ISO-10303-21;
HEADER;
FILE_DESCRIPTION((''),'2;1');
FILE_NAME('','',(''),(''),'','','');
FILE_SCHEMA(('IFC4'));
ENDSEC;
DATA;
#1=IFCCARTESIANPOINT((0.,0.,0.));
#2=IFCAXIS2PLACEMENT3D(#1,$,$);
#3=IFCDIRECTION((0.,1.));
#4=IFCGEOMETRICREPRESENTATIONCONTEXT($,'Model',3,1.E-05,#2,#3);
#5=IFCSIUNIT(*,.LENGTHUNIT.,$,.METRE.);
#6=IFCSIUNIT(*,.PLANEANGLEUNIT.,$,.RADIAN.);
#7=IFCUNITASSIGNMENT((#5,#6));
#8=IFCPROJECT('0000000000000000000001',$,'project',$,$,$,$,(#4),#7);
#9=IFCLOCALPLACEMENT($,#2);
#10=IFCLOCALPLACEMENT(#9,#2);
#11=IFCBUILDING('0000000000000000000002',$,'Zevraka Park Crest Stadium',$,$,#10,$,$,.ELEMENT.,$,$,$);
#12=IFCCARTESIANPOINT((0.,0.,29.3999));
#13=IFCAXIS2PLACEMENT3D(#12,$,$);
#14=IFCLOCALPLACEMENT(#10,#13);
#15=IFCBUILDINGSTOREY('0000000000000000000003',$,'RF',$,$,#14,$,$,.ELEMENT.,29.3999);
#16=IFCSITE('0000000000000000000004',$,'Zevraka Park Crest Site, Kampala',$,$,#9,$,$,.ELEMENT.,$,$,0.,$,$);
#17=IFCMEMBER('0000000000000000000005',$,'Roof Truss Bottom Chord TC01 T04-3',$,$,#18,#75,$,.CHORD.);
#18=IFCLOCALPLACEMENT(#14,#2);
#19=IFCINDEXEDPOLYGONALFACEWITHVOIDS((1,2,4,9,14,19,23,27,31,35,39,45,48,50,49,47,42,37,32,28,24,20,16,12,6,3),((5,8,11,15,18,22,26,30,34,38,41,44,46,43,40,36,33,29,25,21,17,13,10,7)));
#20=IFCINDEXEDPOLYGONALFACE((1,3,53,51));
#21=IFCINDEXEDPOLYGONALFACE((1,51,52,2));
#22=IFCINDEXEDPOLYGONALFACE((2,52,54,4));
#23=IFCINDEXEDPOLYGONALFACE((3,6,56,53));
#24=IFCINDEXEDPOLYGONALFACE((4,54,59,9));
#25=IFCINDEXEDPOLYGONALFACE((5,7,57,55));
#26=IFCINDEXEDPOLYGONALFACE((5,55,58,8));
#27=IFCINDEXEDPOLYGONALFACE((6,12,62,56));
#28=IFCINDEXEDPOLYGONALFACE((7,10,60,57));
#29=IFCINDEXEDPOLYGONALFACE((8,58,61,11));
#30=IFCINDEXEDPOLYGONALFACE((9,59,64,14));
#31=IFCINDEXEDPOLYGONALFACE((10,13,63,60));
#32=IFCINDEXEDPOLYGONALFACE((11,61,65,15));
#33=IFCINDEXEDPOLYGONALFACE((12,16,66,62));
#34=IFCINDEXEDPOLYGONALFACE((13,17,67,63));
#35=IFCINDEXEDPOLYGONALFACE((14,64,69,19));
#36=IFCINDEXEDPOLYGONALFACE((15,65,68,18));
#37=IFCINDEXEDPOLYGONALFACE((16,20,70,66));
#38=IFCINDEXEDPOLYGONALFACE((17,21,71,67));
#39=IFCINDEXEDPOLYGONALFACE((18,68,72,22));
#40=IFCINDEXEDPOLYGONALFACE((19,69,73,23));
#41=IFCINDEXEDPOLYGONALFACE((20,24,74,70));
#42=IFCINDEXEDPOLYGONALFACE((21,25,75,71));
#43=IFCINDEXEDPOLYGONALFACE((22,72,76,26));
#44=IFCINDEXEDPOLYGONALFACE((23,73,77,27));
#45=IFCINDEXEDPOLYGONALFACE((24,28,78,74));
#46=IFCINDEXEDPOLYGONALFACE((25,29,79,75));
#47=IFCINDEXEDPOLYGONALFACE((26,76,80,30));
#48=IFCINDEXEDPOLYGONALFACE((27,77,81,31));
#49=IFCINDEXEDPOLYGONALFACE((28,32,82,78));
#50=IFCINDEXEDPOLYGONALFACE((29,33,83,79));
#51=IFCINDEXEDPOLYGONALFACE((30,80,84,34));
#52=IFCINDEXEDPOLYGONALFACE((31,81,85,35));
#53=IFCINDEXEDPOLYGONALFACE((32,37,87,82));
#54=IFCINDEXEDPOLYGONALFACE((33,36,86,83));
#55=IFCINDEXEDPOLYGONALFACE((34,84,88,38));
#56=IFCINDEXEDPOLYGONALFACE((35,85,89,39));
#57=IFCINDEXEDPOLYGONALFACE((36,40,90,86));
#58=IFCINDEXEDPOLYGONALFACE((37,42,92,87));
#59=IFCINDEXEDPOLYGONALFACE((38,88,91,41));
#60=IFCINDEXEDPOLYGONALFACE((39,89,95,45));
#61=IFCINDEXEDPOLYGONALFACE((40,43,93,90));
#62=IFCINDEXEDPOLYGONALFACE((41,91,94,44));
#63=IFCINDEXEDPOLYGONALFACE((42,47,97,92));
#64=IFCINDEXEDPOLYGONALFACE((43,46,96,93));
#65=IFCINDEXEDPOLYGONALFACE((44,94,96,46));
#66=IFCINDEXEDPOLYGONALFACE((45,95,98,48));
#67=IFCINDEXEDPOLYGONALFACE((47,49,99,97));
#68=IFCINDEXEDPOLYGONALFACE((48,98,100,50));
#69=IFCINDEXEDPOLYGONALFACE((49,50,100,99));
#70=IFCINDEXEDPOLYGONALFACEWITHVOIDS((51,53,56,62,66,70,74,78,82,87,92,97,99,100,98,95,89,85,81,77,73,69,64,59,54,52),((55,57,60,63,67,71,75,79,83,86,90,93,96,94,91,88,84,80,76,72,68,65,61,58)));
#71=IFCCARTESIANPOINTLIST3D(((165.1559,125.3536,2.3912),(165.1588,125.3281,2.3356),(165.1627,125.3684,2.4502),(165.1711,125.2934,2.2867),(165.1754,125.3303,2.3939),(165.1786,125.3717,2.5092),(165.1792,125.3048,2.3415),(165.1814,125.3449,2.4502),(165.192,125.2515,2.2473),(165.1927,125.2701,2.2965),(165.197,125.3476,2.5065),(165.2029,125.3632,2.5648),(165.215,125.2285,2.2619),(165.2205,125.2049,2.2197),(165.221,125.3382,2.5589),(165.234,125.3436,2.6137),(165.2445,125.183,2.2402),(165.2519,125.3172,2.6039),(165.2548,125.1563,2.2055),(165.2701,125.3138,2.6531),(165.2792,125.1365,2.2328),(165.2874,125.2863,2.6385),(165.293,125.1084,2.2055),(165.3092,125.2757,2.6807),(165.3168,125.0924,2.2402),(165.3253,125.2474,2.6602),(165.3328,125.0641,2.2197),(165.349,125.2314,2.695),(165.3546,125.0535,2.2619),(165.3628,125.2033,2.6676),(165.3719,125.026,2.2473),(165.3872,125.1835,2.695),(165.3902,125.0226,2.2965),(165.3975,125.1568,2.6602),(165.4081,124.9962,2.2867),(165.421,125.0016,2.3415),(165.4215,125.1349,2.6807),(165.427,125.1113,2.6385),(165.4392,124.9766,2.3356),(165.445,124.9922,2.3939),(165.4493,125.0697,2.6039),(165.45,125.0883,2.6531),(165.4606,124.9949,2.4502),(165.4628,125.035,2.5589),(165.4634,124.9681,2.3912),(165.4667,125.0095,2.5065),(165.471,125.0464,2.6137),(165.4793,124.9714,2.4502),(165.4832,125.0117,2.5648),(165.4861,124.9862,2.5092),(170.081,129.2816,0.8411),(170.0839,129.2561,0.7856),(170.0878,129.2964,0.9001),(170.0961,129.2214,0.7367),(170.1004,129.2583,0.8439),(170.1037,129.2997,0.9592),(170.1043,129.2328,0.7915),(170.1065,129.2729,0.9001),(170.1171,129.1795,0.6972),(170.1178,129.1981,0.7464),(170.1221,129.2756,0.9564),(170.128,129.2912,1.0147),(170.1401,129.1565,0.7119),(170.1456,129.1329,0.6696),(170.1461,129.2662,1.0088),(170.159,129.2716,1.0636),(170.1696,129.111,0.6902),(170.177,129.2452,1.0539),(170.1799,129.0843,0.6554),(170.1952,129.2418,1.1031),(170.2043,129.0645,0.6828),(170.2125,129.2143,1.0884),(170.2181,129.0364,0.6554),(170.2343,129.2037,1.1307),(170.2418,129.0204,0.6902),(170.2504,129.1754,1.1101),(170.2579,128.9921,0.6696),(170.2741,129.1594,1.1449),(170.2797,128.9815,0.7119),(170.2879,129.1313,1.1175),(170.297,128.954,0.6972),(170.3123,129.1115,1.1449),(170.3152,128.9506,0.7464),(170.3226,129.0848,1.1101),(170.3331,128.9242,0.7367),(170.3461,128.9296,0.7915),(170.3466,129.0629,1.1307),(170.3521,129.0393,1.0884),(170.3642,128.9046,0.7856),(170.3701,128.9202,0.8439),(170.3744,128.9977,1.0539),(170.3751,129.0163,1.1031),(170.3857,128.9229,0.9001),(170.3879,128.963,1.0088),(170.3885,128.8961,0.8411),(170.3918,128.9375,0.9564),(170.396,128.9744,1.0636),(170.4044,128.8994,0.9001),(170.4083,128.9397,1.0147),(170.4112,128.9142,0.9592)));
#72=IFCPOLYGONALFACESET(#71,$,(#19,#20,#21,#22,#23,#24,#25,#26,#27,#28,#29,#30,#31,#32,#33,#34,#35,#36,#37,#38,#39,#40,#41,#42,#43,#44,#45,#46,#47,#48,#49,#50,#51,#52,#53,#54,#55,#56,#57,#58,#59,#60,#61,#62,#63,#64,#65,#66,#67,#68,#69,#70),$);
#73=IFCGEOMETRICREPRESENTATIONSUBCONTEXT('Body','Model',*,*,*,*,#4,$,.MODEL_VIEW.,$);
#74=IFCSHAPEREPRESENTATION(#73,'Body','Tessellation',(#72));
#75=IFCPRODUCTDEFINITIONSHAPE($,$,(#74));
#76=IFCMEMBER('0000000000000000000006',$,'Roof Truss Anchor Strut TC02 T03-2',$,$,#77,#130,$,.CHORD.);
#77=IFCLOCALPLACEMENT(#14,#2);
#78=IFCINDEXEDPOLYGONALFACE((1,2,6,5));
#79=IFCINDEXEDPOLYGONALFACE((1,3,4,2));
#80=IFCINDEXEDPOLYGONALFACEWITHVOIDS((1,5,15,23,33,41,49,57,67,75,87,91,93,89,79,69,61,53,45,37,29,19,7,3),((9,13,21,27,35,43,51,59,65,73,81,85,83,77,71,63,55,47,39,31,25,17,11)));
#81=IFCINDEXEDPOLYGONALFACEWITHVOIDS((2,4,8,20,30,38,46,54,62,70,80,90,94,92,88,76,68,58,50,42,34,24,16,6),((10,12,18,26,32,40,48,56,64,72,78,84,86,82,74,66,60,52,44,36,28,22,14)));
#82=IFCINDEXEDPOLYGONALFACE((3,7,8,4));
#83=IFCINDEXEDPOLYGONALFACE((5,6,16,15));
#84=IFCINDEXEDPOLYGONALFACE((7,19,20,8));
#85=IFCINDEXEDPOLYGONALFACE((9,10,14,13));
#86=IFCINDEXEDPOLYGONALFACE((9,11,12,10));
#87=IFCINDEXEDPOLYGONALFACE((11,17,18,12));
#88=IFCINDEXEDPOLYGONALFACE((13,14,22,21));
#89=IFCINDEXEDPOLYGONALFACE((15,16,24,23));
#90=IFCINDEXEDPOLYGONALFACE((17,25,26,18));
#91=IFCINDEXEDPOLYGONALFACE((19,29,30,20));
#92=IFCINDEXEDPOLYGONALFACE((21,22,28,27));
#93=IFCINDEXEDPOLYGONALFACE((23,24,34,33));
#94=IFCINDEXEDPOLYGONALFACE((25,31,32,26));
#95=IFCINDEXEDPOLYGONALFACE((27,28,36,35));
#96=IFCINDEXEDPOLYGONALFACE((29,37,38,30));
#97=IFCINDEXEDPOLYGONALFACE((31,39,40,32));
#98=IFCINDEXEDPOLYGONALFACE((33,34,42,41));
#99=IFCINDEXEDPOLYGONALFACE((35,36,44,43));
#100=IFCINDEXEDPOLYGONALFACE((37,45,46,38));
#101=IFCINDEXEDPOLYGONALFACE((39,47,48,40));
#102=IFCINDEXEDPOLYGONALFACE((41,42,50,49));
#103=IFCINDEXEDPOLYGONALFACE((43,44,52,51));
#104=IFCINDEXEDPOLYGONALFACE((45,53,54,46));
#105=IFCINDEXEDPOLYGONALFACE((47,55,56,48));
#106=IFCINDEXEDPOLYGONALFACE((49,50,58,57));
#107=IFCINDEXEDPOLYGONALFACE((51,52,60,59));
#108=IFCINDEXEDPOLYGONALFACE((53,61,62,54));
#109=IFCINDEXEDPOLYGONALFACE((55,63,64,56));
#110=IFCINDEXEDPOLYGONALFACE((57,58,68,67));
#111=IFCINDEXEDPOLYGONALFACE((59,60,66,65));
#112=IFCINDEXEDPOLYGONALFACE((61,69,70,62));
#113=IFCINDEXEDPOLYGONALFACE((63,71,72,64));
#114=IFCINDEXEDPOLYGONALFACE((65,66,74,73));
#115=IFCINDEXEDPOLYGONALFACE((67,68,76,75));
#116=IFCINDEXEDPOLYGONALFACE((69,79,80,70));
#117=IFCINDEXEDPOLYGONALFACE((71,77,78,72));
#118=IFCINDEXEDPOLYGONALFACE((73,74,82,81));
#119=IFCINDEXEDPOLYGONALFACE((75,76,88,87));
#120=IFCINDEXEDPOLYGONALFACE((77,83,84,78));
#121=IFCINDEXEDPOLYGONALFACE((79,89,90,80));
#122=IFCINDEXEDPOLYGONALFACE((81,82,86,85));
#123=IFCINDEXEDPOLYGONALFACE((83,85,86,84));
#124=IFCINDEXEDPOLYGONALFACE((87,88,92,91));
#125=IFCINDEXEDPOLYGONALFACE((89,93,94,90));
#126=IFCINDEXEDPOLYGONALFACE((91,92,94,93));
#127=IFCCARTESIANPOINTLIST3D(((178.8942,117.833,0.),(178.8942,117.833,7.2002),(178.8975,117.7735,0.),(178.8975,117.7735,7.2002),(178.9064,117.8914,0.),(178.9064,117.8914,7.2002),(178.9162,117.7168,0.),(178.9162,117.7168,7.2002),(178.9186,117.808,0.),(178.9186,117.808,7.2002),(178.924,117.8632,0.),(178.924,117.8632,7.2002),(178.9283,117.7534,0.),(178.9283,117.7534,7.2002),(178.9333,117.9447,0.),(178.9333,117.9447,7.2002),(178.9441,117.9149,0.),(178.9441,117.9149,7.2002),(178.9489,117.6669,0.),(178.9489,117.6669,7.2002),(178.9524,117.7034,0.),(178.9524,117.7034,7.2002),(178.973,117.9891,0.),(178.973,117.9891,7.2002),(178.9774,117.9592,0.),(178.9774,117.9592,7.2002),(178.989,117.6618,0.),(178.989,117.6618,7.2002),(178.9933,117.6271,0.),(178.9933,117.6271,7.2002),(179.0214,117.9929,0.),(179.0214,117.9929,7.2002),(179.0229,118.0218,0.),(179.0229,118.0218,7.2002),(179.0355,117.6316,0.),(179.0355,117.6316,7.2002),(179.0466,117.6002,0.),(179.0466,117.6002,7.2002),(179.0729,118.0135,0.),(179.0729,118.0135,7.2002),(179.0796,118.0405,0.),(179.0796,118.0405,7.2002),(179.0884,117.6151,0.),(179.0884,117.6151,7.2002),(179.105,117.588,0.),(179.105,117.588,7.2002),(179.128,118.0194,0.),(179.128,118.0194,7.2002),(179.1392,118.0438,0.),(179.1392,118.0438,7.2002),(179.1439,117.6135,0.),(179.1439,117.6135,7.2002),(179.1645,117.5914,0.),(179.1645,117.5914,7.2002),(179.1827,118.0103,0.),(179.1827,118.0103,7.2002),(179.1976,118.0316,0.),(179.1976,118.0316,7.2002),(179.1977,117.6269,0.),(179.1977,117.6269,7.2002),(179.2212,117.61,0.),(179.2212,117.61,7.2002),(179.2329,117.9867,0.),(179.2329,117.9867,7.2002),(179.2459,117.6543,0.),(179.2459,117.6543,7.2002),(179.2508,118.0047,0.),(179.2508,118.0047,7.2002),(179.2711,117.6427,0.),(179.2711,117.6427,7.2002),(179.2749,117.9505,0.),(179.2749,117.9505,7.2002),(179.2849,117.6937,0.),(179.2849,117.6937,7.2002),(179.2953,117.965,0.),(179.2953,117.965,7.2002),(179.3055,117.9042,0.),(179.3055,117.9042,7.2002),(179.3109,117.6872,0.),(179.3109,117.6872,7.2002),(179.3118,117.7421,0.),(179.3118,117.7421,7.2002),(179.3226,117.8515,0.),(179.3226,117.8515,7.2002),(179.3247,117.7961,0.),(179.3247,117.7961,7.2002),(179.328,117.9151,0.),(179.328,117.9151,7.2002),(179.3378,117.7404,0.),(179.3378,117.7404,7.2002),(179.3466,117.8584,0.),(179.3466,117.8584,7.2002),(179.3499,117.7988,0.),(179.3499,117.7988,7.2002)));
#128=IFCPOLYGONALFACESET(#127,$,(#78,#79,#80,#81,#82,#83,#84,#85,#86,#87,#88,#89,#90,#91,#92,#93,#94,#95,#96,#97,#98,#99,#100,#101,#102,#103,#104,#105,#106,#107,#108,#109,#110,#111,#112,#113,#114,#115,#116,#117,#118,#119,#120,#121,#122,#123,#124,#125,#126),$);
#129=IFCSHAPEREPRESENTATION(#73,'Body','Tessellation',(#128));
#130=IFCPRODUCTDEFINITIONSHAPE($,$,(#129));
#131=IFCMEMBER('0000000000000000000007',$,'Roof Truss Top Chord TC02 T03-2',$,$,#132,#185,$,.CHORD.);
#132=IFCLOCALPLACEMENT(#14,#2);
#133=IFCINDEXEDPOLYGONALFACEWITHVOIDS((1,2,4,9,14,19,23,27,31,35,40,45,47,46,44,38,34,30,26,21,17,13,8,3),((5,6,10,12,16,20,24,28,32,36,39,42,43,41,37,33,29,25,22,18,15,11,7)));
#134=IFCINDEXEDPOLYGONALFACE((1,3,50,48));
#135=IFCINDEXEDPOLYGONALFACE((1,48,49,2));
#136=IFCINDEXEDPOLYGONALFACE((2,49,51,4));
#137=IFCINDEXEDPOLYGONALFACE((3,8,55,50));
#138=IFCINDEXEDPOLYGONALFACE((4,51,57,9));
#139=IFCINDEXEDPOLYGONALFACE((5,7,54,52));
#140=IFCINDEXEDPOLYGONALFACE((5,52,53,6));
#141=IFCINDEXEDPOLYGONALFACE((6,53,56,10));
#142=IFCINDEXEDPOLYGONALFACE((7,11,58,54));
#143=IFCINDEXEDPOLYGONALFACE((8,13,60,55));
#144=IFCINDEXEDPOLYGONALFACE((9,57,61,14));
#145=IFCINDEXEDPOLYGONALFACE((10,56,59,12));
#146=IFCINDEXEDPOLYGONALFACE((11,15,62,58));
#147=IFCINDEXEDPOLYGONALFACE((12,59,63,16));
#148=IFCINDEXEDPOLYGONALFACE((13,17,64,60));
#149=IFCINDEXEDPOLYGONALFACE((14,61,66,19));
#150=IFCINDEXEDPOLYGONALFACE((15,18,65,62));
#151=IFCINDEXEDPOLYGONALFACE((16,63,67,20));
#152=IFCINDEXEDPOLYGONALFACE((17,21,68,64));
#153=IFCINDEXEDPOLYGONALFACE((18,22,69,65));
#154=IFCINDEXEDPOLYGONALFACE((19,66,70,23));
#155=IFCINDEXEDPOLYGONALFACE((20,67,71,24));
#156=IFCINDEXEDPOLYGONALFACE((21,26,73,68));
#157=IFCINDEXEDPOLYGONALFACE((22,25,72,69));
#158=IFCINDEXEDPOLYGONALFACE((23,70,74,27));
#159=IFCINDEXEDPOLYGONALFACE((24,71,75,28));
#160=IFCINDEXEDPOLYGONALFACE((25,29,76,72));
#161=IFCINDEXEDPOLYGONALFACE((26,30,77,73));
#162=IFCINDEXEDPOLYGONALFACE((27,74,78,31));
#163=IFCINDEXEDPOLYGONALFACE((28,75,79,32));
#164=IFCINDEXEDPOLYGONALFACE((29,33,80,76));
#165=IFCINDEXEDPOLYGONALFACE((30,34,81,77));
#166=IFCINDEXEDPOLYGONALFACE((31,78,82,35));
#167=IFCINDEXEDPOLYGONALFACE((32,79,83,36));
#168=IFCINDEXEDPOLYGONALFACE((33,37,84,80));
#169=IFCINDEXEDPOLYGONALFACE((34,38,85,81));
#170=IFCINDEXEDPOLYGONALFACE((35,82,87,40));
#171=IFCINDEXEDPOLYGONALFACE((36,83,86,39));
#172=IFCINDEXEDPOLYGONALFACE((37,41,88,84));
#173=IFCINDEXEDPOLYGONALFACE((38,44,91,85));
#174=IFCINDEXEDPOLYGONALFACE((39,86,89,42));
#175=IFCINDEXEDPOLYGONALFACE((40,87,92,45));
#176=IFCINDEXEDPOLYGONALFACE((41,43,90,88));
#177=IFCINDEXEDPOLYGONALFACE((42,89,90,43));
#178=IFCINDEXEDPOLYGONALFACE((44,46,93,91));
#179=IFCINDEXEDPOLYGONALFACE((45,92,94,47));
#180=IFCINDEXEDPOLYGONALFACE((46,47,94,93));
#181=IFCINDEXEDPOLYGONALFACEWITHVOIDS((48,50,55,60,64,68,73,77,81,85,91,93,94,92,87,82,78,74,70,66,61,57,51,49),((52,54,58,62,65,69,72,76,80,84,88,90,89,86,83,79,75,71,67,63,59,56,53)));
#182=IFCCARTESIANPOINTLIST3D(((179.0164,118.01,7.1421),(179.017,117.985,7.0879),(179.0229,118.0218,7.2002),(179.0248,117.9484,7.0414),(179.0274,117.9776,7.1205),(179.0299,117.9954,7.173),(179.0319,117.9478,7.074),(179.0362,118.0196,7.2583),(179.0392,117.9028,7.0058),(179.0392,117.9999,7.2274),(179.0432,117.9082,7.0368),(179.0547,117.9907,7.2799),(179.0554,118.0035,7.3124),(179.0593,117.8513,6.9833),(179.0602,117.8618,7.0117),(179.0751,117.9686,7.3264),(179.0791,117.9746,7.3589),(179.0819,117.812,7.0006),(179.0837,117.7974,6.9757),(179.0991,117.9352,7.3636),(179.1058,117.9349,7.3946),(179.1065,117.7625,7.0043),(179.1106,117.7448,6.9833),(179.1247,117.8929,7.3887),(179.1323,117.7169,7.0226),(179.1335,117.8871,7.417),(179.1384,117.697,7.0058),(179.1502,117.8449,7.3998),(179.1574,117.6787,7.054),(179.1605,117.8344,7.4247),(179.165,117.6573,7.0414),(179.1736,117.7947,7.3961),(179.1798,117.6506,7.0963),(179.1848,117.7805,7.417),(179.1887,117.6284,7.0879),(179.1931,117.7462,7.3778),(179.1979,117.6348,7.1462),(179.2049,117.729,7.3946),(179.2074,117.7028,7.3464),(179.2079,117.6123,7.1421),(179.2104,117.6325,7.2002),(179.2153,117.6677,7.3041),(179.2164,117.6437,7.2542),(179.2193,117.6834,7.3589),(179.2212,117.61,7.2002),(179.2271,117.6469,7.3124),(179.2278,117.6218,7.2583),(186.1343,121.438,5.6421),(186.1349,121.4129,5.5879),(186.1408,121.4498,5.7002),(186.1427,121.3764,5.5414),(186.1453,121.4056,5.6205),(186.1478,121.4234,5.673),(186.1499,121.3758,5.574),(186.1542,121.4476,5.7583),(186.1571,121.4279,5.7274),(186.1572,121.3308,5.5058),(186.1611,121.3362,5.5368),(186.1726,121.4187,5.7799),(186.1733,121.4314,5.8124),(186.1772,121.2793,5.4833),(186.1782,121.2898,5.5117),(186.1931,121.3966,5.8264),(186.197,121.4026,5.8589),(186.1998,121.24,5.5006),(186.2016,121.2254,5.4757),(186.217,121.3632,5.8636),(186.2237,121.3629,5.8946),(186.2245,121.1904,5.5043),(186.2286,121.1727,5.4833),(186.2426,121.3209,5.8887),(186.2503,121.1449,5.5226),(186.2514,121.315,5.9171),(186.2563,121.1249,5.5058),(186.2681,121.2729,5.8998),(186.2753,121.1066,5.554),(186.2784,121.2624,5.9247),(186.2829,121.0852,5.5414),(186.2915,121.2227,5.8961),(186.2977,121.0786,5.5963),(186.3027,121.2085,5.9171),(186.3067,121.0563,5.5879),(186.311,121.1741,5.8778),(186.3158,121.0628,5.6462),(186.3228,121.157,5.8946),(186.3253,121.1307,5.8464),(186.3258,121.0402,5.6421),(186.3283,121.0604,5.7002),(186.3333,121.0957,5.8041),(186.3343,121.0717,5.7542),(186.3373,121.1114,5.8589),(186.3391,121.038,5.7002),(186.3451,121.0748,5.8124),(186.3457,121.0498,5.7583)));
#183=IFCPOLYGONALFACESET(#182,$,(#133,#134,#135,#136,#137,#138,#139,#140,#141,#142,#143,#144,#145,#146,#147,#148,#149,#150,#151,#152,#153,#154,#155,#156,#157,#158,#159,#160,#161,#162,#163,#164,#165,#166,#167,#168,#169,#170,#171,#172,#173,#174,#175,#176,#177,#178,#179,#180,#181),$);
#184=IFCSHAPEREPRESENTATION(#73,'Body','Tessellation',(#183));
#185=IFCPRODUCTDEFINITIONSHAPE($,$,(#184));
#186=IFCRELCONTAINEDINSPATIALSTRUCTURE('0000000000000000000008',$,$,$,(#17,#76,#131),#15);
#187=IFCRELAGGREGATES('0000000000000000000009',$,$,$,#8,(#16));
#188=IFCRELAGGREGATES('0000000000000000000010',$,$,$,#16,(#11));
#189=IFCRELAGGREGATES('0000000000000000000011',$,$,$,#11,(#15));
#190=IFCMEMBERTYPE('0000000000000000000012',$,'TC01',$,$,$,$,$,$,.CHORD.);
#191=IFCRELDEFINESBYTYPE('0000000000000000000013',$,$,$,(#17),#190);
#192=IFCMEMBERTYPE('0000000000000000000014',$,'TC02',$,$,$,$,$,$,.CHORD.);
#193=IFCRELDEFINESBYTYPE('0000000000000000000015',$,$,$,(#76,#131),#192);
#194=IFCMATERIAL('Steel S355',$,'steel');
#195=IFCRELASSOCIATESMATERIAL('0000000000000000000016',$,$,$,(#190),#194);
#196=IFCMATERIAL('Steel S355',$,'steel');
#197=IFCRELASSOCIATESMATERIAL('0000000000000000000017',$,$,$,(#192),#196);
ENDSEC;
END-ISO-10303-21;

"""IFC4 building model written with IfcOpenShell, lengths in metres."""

from ifc_helpers import new_model, si_unit, direction, frame, origin, origin_2d, place, context, subcontext, project, spatial, hollow_circle, extrude, material, material_profile, profile_set, type_object, element, save


model = new_model("IFC4")

# Units and contexts
model_context = context("Model", 3, precision=1e-05, world=origin(), true_north=direction((0.0, 1.0)))
body_context = subcontext(model_context, "Body", "Model", "MODEL_VIEW")
ifc_project = project(units=[si_unit("LENGTHUNIT", "METRE"), si_unit("PLANEANGLEUNIT", "RADIAN")], contexts=[model_context])

# Site, building, storey
site_placement = place(None, origin())
site = spatial("IfcSite", under=ifc_project, at=site_placement, Name="Zevraka Park Crest Site, Kampala", CompositionType="ELEMENT", RefElevation=0.0)
building_placement = place(site_placement, origin())
building = spatial("IfcBuilding", under=site, at=building_placement, Name="Zevraka Park Crest Stadium", CompositionType="ELEMENT")
storey_placement = place(building_placement, frame((0.0, 0.0, 29.3999)))
storey = spatial("IfcBuildingStorey", under=building, at=storey_placement, Name="RF", CompositionType="ELEMENT", Elevation=29.3999)

# Members
ifc_material_1 = material(Name="Steel S355", Category="steel")
ifc_material_profile_1 = material_profile(ifc_material_1, hollow_circle(Radius=0.2539, WallThickness=0.03, at=origin_2d()), Name="CHS 508.0x30")
ifc_profile_set_1 = profile_set([ifc_material_profile_1], Name="Steel S355")
member_type_1 = type_object("IfcMemberType", Name="TC01", PredefinedType="CHORD", material=ifc_profile_set_1)
for number, where, z_axis, x_axis, name in (
    (1, (170.2461, 129.0979, 0.9001), (-0.759159, -0.605468, 0.238928), (0.623527, -0.781802, 0.0), "Roof Truss Bottom Chord TC01 T04-3"),
):
    element("IfcMember", number, at=place(storey_placement, frame(where, z_axis=z_axis, x_axis=x_axis)), inside=storey, type_object=member_type_1, Name=name, PredefinedType="CHORD", context=body_context, shape_type="SweptSolid", body=[
        extrude(hollow_circle(Radius=0.2539, WallThickness=0.03, at=origin_2d()), origin(), (0.0, 0.0, 1.0), 6.4875),
    ])
ifc_material_2 = material(Name="Steel S355", Category="steel")
ifc_material_profile_2 = material_profile(ifc_material_2, hollow_circle(Radius=0.2285, WallThickness=0.0249, at=origin_2d()), Name="CHS 457.0x25")
ifc_profile_set_2 = profile_set([ifc_material_profile_2], Name="Steel S355")
member_type_2 = type_object("IfcMemberType", Name="TC02", PredefinedType="CHORD", material=ifc_profile_set_2)
member_1_placement = place(storey_placement, frame((179.1221, 117.8159, 0.0), z_axis=(0.0, 0.0, 1.0), x_axis=(0.901001, 0.433816, 0.0)))
element("IfcMember", 2, at=member_1_placement, inside=storey, type_object=member_type_2, Name="Roof Truss Anchor Strut TC02 T03-2", PredefinedType="CHORD", context=body_context, shape_type="SweptSolid", body=[
    extrude(hollow_circle(Radius=0.2285, WallThickness=0.0249, at=origin_2d()), origin(), (0.0, 0.0, 1.0), 7.2002),
])
member_2_placement = place(storey_placement, frame((186.24, 121.2439, 5.7002), z_axis=(-0.885148, -0.426286, 0.186532), x_axis=(0.433901, -0.900961, 0.0)))
element("IfcMember", 3, at=member_2_placement, inside=storey, type_object=member_type_2, Name="Roof Truss Top Chord TC02 T03-2", PredefinedType="CHORD", context=body_context, shape_type="SweptSolid", body=[
    extrude(hollow_circle(Radius=0.2285, WallThickness=0.0249, at=origin_2d()), origin(), (0.0, 0.0, 1.0), 8.0415),
])

save(model, "model.ifc")
